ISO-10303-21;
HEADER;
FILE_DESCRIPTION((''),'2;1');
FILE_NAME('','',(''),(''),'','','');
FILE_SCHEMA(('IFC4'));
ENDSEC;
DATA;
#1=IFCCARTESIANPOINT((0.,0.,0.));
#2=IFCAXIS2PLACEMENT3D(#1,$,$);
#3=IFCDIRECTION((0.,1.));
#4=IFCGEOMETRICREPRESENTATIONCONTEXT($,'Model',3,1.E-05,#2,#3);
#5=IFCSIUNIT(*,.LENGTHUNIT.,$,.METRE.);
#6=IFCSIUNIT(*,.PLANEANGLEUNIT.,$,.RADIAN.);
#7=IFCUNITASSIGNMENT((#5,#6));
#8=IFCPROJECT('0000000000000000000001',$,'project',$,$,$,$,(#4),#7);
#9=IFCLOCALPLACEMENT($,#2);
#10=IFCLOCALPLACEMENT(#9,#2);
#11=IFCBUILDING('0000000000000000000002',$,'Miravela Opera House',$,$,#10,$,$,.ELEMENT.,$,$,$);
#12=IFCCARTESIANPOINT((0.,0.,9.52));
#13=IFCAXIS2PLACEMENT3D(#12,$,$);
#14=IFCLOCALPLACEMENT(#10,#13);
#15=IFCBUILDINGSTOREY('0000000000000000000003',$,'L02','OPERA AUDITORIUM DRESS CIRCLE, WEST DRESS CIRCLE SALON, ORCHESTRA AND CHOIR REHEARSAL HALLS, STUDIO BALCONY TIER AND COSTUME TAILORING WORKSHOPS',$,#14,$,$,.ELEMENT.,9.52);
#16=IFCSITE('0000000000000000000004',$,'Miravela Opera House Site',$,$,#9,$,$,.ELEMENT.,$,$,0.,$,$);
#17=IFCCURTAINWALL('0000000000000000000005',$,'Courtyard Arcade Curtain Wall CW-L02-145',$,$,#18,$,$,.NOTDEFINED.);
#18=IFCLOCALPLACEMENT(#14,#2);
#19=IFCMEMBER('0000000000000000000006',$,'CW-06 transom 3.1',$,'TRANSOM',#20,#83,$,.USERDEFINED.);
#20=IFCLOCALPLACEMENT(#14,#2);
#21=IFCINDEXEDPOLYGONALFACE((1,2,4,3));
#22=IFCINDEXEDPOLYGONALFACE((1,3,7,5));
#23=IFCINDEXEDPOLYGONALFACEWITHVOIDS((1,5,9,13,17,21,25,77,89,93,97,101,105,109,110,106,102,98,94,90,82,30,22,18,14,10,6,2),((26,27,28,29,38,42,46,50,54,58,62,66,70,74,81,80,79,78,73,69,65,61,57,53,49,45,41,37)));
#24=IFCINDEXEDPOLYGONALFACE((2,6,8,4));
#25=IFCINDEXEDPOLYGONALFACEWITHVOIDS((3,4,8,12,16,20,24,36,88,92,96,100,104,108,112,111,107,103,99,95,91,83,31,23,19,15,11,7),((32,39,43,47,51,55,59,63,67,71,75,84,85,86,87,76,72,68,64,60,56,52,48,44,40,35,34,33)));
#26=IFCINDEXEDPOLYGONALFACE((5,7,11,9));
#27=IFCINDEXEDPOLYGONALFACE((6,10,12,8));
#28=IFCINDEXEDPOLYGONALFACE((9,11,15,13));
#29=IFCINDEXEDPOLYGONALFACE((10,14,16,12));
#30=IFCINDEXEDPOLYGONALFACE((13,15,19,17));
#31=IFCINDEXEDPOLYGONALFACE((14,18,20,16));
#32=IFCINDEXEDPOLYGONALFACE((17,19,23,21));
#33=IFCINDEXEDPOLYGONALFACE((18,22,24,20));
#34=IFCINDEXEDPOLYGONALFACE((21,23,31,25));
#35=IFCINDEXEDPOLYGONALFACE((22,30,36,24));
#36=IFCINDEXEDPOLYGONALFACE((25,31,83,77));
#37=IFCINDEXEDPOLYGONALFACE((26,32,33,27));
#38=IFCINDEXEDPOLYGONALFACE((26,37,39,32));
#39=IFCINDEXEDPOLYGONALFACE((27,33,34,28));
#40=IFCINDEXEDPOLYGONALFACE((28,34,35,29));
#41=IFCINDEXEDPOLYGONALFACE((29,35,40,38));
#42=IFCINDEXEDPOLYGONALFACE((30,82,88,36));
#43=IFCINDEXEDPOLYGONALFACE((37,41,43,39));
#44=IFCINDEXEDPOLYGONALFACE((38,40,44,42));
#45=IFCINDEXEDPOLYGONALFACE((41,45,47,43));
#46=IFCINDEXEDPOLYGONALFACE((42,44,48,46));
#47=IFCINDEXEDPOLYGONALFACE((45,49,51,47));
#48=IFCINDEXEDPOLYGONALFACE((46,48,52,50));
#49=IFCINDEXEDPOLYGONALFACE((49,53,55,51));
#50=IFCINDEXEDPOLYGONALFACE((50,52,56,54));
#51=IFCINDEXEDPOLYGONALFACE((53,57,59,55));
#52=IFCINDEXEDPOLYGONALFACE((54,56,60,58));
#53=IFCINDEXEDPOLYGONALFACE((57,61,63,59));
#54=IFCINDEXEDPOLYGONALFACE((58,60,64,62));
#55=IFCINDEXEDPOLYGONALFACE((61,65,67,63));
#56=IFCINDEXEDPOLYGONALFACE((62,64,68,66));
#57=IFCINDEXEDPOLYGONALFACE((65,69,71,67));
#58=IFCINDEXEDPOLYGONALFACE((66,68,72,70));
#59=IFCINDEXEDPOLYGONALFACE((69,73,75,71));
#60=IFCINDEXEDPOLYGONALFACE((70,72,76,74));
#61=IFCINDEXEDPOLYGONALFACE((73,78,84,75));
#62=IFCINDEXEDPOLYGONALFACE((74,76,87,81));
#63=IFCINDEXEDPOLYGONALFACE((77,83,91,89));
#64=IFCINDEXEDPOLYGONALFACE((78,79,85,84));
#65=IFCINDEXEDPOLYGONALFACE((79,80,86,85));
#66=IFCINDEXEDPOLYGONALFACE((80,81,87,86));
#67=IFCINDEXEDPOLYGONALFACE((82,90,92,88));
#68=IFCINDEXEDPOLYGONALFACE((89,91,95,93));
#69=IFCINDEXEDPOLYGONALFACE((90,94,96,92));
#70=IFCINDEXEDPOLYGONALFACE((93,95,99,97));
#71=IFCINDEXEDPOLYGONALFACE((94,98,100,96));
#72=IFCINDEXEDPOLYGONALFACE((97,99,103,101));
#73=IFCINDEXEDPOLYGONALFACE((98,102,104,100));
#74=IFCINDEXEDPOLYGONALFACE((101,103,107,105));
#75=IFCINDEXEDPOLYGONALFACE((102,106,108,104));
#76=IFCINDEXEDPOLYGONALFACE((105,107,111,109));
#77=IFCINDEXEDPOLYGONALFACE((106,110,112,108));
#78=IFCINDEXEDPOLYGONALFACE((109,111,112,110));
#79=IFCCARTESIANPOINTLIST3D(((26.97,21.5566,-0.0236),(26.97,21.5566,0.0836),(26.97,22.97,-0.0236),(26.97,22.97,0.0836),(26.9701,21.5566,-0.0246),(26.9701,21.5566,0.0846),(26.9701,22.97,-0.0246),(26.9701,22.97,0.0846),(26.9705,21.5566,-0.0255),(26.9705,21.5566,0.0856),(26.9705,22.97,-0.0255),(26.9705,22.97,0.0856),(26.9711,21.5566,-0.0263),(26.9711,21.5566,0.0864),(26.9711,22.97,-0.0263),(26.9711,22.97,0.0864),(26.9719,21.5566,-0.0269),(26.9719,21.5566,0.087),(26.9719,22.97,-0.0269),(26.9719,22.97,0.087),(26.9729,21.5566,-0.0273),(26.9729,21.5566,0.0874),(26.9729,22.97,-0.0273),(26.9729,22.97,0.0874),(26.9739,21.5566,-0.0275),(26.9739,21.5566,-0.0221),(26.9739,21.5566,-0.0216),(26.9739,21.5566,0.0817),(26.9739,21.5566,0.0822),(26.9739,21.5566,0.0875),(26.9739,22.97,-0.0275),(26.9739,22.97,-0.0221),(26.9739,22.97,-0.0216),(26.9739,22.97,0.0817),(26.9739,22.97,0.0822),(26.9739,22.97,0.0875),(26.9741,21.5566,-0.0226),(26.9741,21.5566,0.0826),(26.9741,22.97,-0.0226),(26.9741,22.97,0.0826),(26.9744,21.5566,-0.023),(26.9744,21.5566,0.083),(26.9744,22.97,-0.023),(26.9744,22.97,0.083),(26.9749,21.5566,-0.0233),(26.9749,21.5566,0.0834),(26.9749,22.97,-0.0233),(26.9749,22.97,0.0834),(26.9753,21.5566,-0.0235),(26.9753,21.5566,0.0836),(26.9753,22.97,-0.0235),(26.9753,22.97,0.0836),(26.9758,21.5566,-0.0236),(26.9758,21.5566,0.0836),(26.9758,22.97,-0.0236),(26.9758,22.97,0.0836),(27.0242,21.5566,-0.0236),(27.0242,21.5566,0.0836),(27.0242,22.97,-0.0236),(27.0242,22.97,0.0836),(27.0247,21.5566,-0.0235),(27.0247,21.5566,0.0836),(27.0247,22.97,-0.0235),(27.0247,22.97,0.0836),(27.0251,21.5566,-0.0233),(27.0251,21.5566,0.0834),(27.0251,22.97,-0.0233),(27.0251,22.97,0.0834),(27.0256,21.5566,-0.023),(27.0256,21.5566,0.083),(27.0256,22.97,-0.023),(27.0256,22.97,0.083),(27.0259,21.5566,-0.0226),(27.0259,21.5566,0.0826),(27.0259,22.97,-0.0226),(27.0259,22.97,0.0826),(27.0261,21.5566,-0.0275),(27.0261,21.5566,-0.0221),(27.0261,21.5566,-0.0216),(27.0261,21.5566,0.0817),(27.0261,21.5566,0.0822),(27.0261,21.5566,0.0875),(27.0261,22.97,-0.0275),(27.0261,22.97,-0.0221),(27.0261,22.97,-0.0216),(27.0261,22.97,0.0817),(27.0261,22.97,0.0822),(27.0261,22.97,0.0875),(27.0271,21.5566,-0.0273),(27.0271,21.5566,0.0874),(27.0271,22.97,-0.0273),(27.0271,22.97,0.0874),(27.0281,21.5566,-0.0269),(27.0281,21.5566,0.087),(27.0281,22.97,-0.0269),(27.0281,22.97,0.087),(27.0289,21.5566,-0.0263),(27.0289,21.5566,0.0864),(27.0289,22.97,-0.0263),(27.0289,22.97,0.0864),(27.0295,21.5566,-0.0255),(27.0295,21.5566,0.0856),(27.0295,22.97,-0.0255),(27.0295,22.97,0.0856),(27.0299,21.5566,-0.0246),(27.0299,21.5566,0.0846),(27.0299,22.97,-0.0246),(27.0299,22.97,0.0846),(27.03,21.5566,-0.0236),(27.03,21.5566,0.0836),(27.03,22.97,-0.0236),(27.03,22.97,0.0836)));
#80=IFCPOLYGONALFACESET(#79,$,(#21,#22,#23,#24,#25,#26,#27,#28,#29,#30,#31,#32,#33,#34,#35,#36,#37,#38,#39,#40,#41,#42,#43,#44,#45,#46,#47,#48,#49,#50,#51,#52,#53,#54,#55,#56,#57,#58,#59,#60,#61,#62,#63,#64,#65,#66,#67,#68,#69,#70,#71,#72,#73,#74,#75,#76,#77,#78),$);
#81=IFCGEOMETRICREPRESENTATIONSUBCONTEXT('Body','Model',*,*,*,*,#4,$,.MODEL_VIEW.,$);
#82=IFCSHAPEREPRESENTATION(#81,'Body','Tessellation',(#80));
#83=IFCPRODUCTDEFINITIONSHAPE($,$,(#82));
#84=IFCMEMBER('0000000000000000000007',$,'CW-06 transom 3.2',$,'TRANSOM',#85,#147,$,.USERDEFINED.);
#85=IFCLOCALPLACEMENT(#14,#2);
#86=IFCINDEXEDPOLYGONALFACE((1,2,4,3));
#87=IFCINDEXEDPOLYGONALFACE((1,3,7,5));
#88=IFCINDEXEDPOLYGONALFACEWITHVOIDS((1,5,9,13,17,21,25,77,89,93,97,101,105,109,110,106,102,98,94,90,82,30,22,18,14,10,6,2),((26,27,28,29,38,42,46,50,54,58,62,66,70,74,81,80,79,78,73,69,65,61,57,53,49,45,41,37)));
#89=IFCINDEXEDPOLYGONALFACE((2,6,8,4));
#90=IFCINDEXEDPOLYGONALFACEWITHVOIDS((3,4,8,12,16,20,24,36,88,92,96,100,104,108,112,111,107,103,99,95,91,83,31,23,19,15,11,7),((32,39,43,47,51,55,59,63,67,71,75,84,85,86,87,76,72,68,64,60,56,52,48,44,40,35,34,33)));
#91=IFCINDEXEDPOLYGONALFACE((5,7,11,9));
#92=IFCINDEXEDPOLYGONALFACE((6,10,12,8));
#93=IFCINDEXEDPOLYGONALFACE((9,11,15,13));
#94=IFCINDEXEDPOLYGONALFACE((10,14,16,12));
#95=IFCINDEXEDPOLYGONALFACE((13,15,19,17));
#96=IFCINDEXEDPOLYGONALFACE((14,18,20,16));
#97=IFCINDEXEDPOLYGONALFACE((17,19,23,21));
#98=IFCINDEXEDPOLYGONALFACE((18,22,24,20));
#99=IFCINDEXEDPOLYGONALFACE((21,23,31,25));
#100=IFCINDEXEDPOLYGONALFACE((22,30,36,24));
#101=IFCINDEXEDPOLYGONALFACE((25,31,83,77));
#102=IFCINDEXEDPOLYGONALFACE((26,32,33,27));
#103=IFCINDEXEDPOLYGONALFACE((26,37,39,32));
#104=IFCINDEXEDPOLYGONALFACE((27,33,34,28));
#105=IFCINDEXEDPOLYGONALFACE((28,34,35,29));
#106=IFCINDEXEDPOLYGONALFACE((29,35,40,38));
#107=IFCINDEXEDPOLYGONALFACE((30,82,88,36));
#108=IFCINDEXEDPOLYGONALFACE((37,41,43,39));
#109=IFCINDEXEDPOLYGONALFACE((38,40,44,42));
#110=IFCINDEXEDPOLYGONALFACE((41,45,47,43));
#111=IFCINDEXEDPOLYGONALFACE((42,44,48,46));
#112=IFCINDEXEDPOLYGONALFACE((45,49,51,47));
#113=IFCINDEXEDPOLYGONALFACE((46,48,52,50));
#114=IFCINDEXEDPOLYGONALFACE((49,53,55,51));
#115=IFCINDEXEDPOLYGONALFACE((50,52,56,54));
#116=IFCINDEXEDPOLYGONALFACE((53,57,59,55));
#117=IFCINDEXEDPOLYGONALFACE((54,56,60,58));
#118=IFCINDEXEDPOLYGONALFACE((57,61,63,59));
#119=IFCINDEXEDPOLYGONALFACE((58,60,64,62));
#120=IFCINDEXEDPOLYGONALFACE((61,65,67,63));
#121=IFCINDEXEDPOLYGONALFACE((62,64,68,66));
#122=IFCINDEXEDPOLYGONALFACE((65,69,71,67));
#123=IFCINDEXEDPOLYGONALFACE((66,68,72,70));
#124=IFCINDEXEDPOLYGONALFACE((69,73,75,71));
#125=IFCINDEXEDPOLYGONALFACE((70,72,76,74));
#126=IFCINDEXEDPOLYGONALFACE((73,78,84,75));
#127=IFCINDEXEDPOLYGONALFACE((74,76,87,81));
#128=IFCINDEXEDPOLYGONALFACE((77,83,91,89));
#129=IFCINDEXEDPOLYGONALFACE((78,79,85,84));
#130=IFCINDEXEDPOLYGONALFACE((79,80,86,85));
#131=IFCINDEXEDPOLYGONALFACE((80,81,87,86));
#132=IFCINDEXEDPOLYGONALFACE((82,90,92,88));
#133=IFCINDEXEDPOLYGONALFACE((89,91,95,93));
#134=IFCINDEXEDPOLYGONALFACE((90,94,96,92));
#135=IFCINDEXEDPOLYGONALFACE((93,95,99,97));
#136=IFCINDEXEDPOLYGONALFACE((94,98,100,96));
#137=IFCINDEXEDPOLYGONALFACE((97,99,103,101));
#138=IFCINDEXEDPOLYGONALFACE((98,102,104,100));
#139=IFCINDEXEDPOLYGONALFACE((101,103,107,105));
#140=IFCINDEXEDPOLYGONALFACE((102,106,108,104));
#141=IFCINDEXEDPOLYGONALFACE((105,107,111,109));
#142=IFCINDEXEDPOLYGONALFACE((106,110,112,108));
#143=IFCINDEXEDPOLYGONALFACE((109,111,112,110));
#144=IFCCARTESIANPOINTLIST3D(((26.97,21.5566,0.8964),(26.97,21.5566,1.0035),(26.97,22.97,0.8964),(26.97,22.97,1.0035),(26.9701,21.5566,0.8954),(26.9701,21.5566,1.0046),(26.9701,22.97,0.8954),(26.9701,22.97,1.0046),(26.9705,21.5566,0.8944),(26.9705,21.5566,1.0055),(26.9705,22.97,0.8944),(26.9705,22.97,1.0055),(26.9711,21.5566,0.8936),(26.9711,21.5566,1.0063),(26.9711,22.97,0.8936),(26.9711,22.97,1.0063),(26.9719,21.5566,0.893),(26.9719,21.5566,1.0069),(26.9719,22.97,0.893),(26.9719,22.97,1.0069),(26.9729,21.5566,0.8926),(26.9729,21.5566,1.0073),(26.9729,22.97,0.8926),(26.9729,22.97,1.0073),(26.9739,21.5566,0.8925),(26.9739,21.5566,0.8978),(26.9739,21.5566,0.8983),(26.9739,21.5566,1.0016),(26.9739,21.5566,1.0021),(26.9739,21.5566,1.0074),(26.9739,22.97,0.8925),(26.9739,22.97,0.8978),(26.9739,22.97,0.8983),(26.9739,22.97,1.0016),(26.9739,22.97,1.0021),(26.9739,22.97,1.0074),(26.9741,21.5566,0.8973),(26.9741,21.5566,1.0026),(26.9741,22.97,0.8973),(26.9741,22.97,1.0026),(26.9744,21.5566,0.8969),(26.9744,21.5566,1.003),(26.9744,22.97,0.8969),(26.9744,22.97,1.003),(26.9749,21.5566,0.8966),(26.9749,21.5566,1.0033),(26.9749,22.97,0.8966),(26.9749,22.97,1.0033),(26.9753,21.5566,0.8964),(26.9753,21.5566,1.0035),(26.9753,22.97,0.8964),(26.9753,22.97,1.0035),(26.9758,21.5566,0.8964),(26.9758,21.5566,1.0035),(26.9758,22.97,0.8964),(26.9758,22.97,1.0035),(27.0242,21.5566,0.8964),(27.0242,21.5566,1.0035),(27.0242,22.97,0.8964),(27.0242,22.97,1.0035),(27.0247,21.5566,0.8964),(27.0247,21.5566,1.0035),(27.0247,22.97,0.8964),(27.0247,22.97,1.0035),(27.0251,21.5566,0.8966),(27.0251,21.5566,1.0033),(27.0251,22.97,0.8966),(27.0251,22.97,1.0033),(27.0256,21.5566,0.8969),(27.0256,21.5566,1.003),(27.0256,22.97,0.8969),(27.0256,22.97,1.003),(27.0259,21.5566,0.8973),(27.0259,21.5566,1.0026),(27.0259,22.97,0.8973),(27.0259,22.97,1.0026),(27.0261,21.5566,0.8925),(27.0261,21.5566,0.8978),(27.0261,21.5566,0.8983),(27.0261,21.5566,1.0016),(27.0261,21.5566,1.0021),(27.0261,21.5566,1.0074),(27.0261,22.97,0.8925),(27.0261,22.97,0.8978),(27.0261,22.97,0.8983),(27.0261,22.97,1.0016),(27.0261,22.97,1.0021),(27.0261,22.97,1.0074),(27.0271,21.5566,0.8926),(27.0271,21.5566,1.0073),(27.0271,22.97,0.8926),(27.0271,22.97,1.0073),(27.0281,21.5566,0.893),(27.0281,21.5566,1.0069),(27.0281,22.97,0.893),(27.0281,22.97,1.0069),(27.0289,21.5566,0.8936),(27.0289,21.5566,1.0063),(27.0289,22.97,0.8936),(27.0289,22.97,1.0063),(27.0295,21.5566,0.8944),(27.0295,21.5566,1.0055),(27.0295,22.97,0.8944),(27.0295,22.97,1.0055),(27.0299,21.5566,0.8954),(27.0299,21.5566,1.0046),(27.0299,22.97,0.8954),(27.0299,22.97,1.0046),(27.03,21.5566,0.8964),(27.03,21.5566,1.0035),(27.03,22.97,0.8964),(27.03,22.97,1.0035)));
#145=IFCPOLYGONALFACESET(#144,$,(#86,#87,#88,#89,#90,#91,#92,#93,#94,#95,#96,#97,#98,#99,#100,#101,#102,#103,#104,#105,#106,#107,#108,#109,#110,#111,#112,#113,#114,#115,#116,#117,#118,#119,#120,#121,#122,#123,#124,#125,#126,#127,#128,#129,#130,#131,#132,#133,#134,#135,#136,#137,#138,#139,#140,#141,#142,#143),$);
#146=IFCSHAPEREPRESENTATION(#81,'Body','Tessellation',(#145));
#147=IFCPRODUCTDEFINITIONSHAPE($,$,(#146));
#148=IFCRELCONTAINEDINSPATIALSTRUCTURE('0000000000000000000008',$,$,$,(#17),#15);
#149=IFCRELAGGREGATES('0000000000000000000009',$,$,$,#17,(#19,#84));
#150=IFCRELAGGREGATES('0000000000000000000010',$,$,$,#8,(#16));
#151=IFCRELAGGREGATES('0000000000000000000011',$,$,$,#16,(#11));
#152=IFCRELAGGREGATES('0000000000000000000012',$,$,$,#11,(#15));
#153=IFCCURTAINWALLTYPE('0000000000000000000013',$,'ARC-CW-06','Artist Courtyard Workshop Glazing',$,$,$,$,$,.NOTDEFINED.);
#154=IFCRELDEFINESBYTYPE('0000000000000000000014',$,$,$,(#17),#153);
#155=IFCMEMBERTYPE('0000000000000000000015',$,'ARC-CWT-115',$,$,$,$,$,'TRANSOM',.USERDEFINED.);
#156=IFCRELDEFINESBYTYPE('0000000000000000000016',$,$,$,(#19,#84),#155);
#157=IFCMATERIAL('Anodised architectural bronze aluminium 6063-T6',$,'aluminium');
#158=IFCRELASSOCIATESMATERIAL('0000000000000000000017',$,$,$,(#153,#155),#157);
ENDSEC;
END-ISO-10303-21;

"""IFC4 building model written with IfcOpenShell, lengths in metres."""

from ifc_helpers import new_model, si_unit, direction, frame, origin, origin_2d, place, context, subcontext, project, spatial, hollow_rectangle, extrude, material, material_profile, profile_set, type_object, element, aggregate, save


model = new_model("IFC4")

# Units and contexts
model_context = context("Model", 3, precision=1e-05, world=origin(), true_north=direction((0.0, 1.0)))
body_context = subcontext(model_context, "Body", "Model", "MODEL_VIEW")
ifc_project = project(units=[si_unit("LENGTHUNIT", "METRE"), si_unit("PLANEANGLEUNIT", "RADIAN")], contexts=[model_context])

# Site, building, storey
site_placement = place(None, origin())
site = spatial("IfcSite", under=ifc_project, at=site_placement, Name="Miravela Opera House Site", CompositionType="ELEMENT", RefElevation=0.0)
building_placement = place(site_placement, origin())
building = spatial("IfcBuilding", under=site, at=building_placement, Name="Miravela Opera House", CompositionType="ELEMENT")
storey_placement = place(building_placement, frame((0.0, 0.0, 9.52)))
storey = spatial("IfcBuildingStorey", under=building, at=storey_placement, Name="L02", Description="OPERA AUDITORIUM DRESS CIRCLE, WEST DRESS CIRCLE SALON, ORCHESTRA AND CHOIR REHEARSAL HALLS, STUDIO BALCONY TIER AND COSTUME TAILORING WORKSHOPS", CompositionType="ELEMENT", Elevation=9.52)

# Curtain wall, members
ifc_material_1 = material(Name="Anodised architectural bronze aluminium 6063-T6", Category="aluminium")
curtain_wall_type = type_object("IfcCurtainWallType", Name="ARC-CW-06", Description="Artist Courtyard Workshop Glazing", PredefinedType="NOTDEFINED", material=ifc_material_1)
curtain_wall_placement = place(storey_placement, origin())
curtain_wall = element("IfcCurtainWall", 1, at=curtain_wall_placement, inside=storey, type_object=curtain_wall_type, Name="Courtyard Arcade Curtain Wall CW-L02-145", PredefinedType="NOTDEFINED")
ifc_material_profile_1 = material_profile(ifc_material_1, hollow_rectangle(XDim=0.0601, YDim=0.115, WallThickness=0.0039, InnerFilletRadius=0.002, OuterFilletRadius=0.0039, at=origin_2d()), Name="CWT-60X115")
ifc_profile_set_1 = profile_set([ifc_material_profile_1])
member_type_1 = type_object("IfcMemberType", Name="ARC-CWT-115", ElementType="TRANSOM", PredefinedType="USERDEFINED", material=ifc_profile_set_1)
member_1_placement = place(storey_placement, frame((27.0, 21.5566, 0.03), z_axis=(0.0, 1.0, 0.0), x_axis=(-1.0, 0.0, 0.0)))
member_1 = element("IfcMember", 2, at=member_1_placement, type_object=member_type_1, Name="CW-06 transom 3.1", ObjectType="TRANSOM", PredefinedType="USERDEFINED", context=body_context, shape_type="SweptSolid", body=[
    extrude(hollow_rectangle(XDim=0.0601, YDim=0.115, WallThickness=0.0039, InnerFilletRadius=0.002, OuterFilletRadius=0.0039, at=origin_2d()), origin(), (0.0, 0.0, 1.0), 1.4133),
])
member_2_placement = place(storey_placement, frame((27.0, 21.5566, 0.95), z_axis=(0.0, 1.0, 0.0), x_axis=(-1.0, 0.0, 0.0)))
member_2 = element("IfcMember", 3, at=member_2_placement, type_object=member_type_1, Name="CW-06 transom 3.2", ObjectType="TRANSOM", PredefinedType="USERDEFINED", context=body_context, shape_type="SweptSolid", body=[
    extrude(hollow_rectangle(XDim=0.0601, YDim=0.115, WallThickness=0.0039, InnerFilletRadius=0.002, OuterFilletRadius=0.0039, at=origin_2d()), origin(), (0.0, 0.0, 1.0), 1.4133),
])
aggregate(curtain_wall, [member_1, member_2])

save(model, "model.ifc")
